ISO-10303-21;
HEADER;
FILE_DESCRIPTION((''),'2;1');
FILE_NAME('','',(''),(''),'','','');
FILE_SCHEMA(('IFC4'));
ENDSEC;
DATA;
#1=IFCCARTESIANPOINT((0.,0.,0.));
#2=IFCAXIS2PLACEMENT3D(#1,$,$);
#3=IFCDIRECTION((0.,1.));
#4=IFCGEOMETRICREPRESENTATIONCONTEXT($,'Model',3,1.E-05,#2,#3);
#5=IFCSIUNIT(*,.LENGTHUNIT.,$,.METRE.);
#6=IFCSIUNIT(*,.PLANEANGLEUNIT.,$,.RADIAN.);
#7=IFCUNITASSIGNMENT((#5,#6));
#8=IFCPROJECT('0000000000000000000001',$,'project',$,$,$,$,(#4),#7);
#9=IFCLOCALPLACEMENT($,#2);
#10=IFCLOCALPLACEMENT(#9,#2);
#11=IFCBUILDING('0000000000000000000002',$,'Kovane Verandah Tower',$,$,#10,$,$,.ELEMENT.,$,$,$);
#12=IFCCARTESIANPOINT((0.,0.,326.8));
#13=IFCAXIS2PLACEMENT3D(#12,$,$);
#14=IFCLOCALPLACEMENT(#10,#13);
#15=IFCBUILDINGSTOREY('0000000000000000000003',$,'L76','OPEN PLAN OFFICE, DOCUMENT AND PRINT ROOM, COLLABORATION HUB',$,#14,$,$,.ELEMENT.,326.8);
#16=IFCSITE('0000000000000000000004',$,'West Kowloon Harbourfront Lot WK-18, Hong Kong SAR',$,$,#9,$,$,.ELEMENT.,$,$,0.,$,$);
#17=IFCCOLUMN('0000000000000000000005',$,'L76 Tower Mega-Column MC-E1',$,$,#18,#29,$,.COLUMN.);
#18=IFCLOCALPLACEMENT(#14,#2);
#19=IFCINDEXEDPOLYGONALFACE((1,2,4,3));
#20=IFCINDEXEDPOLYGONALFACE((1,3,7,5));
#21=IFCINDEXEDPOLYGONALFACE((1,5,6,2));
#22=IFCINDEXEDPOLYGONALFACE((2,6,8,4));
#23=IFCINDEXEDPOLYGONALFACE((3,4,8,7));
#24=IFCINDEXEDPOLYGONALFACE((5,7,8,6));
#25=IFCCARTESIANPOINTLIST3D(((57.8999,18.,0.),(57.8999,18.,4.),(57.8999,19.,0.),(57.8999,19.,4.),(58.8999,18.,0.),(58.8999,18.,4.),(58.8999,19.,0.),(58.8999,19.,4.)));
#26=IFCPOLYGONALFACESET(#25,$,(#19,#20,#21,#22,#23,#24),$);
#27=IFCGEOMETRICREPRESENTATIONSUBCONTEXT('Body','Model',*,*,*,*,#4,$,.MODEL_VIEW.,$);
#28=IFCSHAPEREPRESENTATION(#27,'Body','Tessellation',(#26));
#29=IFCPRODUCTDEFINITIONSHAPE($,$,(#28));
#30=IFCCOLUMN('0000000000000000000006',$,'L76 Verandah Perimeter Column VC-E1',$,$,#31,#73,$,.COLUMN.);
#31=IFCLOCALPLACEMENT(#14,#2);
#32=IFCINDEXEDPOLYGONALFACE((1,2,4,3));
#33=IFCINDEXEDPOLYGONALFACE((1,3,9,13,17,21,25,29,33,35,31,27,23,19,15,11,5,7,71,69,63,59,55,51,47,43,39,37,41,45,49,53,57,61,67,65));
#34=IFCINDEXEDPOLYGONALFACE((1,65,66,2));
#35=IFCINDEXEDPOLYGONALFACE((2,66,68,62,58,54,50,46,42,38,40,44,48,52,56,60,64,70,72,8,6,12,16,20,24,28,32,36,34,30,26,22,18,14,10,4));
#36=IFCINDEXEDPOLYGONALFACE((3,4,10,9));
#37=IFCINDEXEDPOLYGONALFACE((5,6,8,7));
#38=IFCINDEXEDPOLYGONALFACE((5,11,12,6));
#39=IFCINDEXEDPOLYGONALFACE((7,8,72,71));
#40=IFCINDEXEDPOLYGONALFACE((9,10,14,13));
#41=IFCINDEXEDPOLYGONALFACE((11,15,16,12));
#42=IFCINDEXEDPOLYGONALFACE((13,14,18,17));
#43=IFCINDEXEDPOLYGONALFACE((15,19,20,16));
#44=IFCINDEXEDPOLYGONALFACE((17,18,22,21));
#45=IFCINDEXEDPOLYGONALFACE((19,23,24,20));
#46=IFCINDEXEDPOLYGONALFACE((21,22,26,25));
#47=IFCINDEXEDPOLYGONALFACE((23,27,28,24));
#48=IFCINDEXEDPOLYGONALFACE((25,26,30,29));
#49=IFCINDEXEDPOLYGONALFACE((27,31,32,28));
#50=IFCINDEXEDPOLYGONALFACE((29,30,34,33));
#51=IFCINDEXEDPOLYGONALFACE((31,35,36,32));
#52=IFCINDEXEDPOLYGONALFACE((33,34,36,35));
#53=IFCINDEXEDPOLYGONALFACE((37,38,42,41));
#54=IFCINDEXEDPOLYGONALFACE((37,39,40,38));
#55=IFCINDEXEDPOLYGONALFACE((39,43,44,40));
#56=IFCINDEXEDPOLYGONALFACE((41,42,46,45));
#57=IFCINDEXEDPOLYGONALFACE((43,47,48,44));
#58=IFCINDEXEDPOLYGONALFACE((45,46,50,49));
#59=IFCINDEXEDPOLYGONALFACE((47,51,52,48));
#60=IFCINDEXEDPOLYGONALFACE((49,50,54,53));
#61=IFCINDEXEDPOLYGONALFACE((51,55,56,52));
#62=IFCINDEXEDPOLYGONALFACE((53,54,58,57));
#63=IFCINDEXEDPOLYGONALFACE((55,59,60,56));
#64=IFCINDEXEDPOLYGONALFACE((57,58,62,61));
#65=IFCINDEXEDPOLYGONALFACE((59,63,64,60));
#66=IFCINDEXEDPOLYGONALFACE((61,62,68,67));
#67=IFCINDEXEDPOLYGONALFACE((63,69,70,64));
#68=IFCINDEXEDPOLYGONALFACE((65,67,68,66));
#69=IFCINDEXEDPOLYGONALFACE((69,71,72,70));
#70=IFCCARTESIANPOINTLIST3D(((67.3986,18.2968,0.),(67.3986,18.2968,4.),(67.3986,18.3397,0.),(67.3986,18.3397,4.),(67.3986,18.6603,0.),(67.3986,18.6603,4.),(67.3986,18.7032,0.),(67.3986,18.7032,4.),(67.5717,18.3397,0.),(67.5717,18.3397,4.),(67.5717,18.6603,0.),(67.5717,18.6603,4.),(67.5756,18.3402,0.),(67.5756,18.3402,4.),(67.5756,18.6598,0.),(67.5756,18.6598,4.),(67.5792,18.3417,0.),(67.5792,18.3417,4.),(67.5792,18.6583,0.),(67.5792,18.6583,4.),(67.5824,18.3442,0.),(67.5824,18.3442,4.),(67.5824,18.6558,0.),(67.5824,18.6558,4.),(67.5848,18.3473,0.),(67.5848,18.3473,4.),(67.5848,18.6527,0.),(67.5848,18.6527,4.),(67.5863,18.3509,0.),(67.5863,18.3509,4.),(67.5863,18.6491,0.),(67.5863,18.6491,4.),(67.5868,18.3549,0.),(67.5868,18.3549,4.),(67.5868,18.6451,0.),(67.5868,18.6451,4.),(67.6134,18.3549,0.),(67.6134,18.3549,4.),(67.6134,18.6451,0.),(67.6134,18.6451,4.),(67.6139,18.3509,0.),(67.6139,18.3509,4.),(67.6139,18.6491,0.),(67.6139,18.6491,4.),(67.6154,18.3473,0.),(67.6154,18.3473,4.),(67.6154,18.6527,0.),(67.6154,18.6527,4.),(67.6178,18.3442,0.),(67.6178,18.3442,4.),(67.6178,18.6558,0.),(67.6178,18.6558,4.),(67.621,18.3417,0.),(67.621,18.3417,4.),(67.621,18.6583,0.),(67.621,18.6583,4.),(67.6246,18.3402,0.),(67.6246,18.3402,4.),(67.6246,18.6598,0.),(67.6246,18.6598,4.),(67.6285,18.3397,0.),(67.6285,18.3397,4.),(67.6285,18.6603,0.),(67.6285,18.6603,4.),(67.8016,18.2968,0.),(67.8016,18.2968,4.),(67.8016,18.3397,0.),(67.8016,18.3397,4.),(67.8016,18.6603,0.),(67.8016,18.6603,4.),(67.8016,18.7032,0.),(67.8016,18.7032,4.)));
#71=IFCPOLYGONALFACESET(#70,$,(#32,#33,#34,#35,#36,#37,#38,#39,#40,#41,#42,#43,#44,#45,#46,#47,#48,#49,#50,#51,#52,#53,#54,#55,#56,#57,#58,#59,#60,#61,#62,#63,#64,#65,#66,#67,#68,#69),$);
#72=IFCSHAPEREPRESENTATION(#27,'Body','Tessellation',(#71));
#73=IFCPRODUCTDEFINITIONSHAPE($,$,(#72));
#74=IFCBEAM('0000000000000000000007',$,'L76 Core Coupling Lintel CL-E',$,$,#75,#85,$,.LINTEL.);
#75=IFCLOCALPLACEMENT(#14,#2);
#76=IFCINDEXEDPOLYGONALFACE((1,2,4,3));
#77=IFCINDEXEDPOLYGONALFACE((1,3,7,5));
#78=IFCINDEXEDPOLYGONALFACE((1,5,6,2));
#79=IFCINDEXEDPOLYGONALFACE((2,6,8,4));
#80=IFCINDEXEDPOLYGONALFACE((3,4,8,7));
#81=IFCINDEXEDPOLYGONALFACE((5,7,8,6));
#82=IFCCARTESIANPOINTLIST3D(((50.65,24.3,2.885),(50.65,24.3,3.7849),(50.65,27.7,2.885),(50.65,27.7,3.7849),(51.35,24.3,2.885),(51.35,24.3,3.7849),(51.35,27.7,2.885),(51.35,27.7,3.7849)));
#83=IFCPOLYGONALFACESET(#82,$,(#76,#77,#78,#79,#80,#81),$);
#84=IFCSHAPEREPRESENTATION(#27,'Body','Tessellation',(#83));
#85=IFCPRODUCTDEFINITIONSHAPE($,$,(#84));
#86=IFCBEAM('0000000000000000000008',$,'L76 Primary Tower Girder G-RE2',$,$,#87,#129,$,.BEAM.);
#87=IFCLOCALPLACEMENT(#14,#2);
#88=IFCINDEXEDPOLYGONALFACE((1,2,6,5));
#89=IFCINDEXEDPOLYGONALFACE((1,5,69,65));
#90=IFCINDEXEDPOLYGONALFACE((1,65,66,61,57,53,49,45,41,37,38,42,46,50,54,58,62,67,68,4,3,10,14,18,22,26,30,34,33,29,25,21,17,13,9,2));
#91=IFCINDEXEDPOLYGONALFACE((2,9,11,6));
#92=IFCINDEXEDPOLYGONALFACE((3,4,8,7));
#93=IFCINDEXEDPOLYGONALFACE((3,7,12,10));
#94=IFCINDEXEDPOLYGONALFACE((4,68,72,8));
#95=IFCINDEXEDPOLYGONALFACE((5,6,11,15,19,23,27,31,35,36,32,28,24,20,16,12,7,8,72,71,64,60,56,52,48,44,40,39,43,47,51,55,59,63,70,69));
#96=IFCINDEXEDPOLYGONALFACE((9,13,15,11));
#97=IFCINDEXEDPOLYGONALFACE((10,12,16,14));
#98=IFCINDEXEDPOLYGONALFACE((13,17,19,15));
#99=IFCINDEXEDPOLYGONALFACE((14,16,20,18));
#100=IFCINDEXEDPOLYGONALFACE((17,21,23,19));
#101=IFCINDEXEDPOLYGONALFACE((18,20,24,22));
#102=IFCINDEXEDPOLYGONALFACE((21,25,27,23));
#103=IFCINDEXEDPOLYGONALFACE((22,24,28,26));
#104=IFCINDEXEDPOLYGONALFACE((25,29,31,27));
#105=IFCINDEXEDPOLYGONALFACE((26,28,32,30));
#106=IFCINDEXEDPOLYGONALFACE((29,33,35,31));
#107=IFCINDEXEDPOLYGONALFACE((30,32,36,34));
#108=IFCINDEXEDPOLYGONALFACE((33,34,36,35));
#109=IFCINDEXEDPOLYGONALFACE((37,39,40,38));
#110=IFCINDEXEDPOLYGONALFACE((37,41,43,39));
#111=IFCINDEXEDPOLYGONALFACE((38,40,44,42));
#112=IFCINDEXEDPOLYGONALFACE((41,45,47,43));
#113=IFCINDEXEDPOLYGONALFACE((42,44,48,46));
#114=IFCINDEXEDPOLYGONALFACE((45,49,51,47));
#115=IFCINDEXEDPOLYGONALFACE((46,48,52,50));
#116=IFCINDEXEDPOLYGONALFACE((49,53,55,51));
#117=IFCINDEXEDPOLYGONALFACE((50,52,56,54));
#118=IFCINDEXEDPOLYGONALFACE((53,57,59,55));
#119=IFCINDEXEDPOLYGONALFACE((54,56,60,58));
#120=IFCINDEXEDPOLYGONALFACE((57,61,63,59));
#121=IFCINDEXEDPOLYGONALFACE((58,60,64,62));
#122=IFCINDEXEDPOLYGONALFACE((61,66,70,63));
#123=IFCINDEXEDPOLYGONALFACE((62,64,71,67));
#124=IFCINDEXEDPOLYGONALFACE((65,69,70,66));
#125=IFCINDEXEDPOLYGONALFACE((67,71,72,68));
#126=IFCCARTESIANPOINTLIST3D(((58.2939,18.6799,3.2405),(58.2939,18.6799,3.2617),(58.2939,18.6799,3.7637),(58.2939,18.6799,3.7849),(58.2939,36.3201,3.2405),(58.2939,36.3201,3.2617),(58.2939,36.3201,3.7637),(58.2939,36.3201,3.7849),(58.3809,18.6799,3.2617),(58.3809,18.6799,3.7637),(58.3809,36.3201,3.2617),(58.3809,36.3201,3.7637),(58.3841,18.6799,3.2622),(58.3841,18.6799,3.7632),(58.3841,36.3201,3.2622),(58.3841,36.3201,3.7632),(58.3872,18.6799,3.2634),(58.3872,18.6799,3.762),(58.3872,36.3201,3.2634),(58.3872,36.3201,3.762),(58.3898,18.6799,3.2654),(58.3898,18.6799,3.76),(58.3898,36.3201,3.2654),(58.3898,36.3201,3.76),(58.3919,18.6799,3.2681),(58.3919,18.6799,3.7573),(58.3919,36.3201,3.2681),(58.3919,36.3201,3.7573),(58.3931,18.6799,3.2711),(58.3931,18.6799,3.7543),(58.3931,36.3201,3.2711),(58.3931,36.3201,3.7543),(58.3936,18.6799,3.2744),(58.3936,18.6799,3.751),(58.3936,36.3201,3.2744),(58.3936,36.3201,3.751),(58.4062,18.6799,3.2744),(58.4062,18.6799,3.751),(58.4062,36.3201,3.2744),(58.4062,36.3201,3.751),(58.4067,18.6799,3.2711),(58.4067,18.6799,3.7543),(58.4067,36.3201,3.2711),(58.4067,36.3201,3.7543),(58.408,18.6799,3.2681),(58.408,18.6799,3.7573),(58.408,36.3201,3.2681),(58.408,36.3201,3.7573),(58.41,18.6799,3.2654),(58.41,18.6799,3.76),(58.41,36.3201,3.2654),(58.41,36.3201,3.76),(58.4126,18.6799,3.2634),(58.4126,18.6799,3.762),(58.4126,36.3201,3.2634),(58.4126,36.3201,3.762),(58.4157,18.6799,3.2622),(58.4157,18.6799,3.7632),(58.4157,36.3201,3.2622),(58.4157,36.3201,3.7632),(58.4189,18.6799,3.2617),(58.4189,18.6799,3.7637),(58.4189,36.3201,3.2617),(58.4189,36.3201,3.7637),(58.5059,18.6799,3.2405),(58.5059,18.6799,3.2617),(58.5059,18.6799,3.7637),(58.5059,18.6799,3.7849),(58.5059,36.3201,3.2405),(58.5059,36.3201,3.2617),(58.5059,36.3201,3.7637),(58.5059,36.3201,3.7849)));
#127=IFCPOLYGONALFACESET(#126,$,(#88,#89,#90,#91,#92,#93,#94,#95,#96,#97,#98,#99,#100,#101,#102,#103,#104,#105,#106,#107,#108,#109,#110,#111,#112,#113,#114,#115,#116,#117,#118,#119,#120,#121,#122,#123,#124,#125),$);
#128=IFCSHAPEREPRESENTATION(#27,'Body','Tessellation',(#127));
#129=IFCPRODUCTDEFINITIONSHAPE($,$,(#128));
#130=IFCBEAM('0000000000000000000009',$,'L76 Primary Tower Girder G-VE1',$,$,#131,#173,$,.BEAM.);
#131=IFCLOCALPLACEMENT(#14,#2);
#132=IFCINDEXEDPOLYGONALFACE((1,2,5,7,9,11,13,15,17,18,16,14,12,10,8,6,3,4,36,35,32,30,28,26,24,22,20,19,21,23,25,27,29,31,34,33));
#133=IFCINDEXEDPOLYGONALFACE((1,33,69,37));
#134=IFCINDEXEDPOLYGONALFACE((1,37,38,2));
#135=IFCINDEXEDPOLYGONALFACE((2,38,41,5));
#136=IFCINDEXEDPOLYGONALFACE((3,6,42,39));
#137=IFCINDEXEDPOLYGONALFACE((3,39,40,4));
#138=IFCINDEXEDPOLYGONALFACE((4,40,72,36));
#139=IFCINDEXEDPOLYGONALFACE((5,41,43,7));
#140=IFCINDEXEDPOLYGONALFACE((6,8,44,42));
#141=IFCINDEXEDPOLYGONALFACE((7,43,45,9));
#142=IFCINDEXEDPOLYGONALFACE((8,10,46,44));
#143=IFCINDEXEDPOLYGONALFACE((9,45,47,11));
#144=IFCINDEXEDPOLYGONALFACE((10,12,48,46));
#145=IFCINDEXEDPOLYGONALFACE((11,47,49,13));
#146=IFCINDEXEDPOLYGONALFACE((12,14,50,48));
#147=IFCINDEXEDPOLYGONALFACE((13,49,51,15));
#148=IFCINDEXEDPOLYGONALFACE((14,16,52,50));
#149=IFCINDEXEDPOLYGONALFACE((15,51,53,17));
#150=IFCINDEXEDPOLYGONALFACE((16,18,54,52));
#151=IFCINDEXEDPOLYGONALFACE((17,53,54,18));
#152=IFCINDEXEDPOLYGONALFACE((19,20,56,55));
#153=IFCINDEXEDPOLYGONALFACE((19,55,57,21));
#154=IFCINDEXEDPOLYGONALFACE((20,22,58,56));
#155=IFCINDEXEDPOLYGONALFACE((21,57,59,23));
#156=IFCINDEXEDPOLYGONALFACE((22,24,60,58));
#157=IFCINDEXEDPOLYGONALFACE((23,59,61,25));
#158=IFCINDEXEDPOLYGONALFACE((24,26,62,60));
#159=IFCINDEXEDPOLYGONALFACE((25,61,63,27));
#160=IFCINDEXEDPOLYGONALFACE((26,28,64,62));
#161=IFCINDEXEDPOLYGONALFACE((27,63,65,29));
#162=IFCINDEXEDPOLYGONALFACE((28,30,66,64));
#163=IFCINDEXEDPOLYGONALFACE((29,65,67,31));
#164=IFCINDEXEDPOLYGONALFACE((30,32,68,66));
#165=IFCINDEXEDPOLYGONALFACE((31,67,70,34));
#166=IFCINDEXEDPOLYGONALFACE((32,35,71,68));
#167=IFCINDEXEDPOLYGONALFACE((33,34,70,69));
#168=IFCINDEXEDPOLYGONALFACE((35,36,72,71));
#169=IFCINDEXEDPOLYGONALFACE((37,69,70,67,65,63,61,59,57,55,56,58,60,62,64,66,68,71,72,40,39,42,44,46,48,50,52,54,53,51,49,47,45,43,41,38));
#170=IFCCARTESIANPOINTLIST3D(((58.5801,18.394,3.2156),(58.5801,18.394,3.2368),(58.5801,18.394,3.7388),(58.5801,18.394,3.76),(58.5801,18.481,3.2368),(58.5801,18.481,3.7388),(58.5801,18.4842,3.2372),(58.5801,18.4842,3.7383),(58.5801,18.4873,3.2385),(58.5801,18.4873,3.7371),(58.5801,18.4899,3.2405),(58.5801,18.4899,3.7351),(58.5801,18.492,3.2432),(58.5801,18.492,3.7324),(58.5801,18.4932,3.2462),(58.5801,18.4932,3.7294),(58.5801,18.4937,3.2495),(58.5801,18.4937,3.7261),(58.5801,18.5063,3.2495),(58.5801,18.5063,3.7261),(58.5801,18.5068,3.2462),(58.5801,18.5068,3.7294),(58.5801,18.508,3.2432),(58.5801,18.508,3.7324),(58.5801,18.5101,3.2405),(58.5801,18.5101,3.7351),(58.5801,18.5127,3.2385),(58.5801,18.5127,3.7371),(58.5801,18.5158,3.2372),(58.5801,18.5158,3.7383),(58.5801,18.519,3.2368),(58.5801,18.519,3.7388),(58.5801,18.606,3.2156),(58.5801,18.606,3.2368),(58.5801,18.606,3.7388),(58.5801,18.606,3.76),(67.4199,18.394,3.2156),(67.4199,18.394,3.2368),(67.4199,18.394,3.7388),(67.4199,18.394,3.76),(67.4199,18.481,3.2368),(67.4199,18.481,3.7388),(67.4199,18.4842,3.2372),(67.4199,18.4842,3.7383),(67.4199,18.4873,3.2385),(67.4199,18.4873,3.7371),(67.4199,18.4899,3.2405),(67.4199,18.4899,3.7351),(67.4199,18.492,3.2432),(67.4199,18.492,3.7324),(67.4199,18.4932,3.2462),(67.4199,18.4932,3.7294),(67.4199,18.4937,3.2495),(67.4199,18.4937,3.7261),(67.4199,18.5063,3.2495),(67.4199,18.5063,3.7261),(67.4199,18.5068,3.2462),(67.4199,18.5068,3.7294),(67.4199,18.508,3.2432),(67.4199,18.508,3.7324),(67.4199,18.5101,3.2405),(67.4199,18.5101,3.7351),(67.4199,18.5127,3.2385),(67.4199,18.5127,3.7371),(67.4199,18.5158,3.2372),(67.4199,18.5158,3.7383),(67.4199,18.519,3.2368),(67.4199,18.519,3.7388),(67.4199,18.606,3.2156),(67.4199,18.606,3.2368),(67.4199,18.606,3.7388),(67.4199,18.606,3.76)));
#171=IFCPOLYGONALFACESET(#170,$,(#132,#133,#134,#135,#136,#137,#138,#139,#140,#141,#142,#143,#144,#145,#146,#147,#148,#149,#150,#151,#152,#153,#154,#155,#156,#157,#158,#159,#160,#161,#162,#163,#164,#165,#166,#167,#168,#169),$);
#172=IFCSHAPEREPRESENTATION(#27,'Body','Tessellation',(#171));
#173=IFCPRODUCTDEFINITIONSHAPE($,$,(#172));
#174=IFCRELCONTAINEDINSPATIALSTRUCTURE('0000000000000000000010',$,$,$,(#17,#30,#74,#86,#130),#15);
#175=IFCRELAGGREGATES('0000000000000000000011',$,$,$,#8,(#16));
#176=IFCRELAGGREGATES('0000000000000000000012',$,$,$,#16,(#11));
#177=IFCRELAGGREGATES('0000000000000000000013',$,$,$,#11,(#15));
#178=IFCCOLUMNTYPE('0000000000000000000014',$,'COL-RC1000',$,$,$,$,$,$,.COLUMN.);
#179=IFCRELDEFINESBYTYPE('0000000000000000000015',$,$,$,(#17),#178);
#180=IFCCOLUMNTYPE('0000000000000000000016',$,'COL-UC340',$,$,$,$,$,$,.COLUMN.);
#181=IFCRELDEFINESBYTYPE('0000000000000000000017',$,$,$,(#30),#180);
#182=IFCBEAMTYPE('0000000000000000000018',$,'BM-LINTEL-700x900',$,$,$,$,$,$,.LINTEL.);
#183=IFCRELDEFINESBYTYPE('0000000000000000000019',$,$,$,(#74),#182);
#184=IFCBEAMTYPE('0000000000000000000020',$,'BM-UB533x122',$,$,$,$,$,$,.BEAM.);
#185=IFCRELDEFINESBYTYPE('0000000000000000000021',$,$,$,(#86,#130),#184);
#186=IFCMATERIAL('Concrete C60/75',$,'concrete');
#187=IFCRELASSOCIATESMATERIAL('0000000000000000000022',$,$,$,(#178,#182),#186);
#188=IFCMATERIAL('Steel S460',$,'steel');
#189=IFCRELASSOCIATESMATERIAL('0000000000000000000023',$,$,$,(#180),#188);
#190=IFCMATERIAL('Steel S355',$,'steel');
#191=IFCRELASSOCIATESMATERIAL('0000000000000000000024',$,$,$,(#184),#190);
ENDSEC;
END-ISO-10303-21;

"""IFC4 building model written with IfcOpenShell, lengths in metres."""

from ifc_helpers import new_model, si_unit, direction, frame, origin, origin_2d, place, context, subcontext, project, spatial, rectangle, i_section, extrude, material, material_profile, profile_set, type_object, element, save


model = new_model("IFC4")

# Units and contexts
model_context = context("Model", 3, precision=1e-05, world=origin(), true_north=direction((0.0, 1.0)))
body_context = subcontext(model_context, "Body", "Model", "MODEL_VIEW")
ifc_project = project(units=[si_unit("LENGTHUNIT", "METRE"), si_unit("PLANEANGLEUNIT", "RADIAN")], contexts=[model_context])

# Site, building, storey
site_placement = place(None, origin())
site = spatial("IfcSite", under=ifc_project, at=site_placement, Name="West Kowloon Harbourfront Lot WK-18, Hong Kong SAR", CompositionType="ELEMENT", RefElevation=0.0)
building_placement = place(site_placement, origin())
building = spatial("IfcBuilding", under=site, at=building_placement, Name="Kovane Verandah Tower", CompositionType="ELEMENT")
storey_placement = place(building_placement, frame((0.0, 0.0, 326.8)))
storey = spatial("IfcBuildingStorey", under=building, at=storey_placement, Name="L76", Description="OPEN PLAN OFFICE, DOCUMENT AND PRINT ROOM, COLLABORATION HUB", CompositionType="ELEMENT", Elevation=326.8)

# Columns
ifc_material_1 = material(Name="Concrete C60/75", Category="concrete")
ifc_material_profile_1 = material_profile(ifc_material_1, rectangle(XDim=1.0, YDim=1.0, at=origin_2d()), Name="RC1000x1000")
ifc_profile_set_1 = profile_set([ifc_material_profile_1], Name="Concrete C60/75")
column_type_1 = type_object("IfcColumnType", Name="COL-RC1000", PredefinedType="COLUMN", material=ifc_profile_set_1)
column_1_placement = place(storey_placement, frame((58.3999, 18.5, 0.0), z_axis=(0.0, 0.0, 1.0), x_axis=(1.0, 0.0, 0.0)))
element("IfcColumn", 1, at=column_1_placement, inside=storey, type_object=column_type_1, Name="L76 Tower Mega-Column MC-E1", PredefinedType="COLUMN", context=body_context, shape_type="SweptSolid", body=[
    extrude(rectangle(XDim=1.0, YDim=1.0, at=origin_2d()), origin(), (0.0, 0.0, 1.0), 4.0),
])
ifc_material_2 = material(Name="Steel S460", Category="steel")
ifc_material_profile_2 = material_profile(ifc_material_2, i_section(OverallWidth=0.4031, OverallDepth=0.4065, WebThickness=0.0266, FlangeThickness=0.043, FilletRadius=0.0151, at=origin_2d()), Name="UC356x406x340")
ifc_profile_set_2 = profile_set([ifc_material_profile_2], Name="Steel S460")
column_type_2 = type_object("IfcColumnType", Name="COL-UC340", PredefinedType="COLUMN", material=ifc_profile_set_2)
column_2_placement = place(storey_placement, frame((67.6001, 18.5, 0.0), z_axis=(0.0, 0.0, 1.0), x_axis=(1.0, 0.0, 0.0)))
element("IfcColumn", 2, at=column_2_placement, inside=storey, type_object=column_type_2, Name="L76 Verandah Perimeter Column VC-E1", PredefinedType="COLUMN", context=body_context, shape_type="SweptSolid", body=[
    extrude(i_section(OverallWidth=0.4031, OverallDepth=0.4065, WebThickness=0.0266, FlangeThickness=0.043, FilletRadius=0.0151, at=origin_2d()), origin(), (0.0, 0.0, 1.0), 4.0),
])

# Beams
ifc_material_profile_3 = material_profile(ifc_material_1, rectangle(XDim=0.7, YDim=0.8999, at=origin_2d()), Name="RCB700x900")
ifc_profile_set_3 = profile_set([ifc_material_profile_3], Name="Concrete C60/75")
beam_type_1 = type_object("IfcBeamType", Name="BM-LINTEL-700x900", PredefinedType="LINTEL", material=ifc_profile_set_3)
beam_1_placement = place(storey_placement, frame((51.0, 24.3, 3.335), z_axis=(0.0, 1.0, 0.0), x_axis=(-1.0, 0.0, 0.0)))
element("IfcBeam", 3, at=beam_1_placement, inside=storey, type_object=beam_type_1, Name="L76 Core Coupling Lintel CL-E", PredefinedType="LINTEL", context=body_context, shape_type="SweptSolid", body=[
    extrude(rectangle(XDim=0.7, YDim=0.8999, at=origin_2d()), origin(), (0.0, 0.0, 1.0), 3.3999),
])
ifc_material_3 = material(Name="Steel S355", Category="steel")
ifc_material_profile_4 = material_profile(ifc_material_3, i_section(OverallWidth=0.2119, OverallDepth=0.5444, WebThickness=0.0127, FlangeThickness=0.0212, FilletRadius=0.0127, at=origin_2d()), Name="UB533x210x122")
ifc_profile_set_4 = profile_set([ifc_material_profile_4], Name="Steel S355")
beam_type_2 = type_object("IfcBeamType", Name="BM-UB533x122", PredefinedType="BEAM", material=ifc_profile_set_4)
beam_2_placement = place(storey_placement, frame((58.3999, 18.6799, 3.5127), z_axis=(0.0, 1.0, 0.0), x_axis=(-1.0, 0.0, 0.0)))
element("IfcBeam", 4, at=beam_2_placement, inside=storey, type_object=beam_type_2, Name="L76 Primary Tower Girder G-RE2", PredefinedType="BEAM", context=body_context, shape_type="SweptSolid", body=[
    extrude(i_section(OverallWidth=0.2119, OverallDepth=0.5444, WebThickness=0.0127, FlangeThickness=0.0212, FilletRadius=0.0127, at=origin_2d()), origin(), (0.0, 0.0, 1.0), 17.6401),
])
beam_3_placement = place(storey_placement, frame((58.5801, 18.5, 3.4878), z_axis=(1.0, 0.0, 0.0), x_axis=(0.0, 1.0, 0.0)))
element("IfcBeam", 5, at=beam_3_placement, inside=storey, type_object=beam_type_2, Name="L76 Primary Tower Girder G-VE1", PredefinedType="BEAM", context=body_context, shape_type="SweptSolid", body=[
    extrude(i_section(OverallWidth=0.2119, OverallDepth=0.5444, WebThickness=0.0127, FlangeThickness=0.0212, FilletRadius=0.0127, at=origin_2d()), origin(), (0.0, 0.0, 1.0), 8.8398),
])

save(model, "model.ifc")
